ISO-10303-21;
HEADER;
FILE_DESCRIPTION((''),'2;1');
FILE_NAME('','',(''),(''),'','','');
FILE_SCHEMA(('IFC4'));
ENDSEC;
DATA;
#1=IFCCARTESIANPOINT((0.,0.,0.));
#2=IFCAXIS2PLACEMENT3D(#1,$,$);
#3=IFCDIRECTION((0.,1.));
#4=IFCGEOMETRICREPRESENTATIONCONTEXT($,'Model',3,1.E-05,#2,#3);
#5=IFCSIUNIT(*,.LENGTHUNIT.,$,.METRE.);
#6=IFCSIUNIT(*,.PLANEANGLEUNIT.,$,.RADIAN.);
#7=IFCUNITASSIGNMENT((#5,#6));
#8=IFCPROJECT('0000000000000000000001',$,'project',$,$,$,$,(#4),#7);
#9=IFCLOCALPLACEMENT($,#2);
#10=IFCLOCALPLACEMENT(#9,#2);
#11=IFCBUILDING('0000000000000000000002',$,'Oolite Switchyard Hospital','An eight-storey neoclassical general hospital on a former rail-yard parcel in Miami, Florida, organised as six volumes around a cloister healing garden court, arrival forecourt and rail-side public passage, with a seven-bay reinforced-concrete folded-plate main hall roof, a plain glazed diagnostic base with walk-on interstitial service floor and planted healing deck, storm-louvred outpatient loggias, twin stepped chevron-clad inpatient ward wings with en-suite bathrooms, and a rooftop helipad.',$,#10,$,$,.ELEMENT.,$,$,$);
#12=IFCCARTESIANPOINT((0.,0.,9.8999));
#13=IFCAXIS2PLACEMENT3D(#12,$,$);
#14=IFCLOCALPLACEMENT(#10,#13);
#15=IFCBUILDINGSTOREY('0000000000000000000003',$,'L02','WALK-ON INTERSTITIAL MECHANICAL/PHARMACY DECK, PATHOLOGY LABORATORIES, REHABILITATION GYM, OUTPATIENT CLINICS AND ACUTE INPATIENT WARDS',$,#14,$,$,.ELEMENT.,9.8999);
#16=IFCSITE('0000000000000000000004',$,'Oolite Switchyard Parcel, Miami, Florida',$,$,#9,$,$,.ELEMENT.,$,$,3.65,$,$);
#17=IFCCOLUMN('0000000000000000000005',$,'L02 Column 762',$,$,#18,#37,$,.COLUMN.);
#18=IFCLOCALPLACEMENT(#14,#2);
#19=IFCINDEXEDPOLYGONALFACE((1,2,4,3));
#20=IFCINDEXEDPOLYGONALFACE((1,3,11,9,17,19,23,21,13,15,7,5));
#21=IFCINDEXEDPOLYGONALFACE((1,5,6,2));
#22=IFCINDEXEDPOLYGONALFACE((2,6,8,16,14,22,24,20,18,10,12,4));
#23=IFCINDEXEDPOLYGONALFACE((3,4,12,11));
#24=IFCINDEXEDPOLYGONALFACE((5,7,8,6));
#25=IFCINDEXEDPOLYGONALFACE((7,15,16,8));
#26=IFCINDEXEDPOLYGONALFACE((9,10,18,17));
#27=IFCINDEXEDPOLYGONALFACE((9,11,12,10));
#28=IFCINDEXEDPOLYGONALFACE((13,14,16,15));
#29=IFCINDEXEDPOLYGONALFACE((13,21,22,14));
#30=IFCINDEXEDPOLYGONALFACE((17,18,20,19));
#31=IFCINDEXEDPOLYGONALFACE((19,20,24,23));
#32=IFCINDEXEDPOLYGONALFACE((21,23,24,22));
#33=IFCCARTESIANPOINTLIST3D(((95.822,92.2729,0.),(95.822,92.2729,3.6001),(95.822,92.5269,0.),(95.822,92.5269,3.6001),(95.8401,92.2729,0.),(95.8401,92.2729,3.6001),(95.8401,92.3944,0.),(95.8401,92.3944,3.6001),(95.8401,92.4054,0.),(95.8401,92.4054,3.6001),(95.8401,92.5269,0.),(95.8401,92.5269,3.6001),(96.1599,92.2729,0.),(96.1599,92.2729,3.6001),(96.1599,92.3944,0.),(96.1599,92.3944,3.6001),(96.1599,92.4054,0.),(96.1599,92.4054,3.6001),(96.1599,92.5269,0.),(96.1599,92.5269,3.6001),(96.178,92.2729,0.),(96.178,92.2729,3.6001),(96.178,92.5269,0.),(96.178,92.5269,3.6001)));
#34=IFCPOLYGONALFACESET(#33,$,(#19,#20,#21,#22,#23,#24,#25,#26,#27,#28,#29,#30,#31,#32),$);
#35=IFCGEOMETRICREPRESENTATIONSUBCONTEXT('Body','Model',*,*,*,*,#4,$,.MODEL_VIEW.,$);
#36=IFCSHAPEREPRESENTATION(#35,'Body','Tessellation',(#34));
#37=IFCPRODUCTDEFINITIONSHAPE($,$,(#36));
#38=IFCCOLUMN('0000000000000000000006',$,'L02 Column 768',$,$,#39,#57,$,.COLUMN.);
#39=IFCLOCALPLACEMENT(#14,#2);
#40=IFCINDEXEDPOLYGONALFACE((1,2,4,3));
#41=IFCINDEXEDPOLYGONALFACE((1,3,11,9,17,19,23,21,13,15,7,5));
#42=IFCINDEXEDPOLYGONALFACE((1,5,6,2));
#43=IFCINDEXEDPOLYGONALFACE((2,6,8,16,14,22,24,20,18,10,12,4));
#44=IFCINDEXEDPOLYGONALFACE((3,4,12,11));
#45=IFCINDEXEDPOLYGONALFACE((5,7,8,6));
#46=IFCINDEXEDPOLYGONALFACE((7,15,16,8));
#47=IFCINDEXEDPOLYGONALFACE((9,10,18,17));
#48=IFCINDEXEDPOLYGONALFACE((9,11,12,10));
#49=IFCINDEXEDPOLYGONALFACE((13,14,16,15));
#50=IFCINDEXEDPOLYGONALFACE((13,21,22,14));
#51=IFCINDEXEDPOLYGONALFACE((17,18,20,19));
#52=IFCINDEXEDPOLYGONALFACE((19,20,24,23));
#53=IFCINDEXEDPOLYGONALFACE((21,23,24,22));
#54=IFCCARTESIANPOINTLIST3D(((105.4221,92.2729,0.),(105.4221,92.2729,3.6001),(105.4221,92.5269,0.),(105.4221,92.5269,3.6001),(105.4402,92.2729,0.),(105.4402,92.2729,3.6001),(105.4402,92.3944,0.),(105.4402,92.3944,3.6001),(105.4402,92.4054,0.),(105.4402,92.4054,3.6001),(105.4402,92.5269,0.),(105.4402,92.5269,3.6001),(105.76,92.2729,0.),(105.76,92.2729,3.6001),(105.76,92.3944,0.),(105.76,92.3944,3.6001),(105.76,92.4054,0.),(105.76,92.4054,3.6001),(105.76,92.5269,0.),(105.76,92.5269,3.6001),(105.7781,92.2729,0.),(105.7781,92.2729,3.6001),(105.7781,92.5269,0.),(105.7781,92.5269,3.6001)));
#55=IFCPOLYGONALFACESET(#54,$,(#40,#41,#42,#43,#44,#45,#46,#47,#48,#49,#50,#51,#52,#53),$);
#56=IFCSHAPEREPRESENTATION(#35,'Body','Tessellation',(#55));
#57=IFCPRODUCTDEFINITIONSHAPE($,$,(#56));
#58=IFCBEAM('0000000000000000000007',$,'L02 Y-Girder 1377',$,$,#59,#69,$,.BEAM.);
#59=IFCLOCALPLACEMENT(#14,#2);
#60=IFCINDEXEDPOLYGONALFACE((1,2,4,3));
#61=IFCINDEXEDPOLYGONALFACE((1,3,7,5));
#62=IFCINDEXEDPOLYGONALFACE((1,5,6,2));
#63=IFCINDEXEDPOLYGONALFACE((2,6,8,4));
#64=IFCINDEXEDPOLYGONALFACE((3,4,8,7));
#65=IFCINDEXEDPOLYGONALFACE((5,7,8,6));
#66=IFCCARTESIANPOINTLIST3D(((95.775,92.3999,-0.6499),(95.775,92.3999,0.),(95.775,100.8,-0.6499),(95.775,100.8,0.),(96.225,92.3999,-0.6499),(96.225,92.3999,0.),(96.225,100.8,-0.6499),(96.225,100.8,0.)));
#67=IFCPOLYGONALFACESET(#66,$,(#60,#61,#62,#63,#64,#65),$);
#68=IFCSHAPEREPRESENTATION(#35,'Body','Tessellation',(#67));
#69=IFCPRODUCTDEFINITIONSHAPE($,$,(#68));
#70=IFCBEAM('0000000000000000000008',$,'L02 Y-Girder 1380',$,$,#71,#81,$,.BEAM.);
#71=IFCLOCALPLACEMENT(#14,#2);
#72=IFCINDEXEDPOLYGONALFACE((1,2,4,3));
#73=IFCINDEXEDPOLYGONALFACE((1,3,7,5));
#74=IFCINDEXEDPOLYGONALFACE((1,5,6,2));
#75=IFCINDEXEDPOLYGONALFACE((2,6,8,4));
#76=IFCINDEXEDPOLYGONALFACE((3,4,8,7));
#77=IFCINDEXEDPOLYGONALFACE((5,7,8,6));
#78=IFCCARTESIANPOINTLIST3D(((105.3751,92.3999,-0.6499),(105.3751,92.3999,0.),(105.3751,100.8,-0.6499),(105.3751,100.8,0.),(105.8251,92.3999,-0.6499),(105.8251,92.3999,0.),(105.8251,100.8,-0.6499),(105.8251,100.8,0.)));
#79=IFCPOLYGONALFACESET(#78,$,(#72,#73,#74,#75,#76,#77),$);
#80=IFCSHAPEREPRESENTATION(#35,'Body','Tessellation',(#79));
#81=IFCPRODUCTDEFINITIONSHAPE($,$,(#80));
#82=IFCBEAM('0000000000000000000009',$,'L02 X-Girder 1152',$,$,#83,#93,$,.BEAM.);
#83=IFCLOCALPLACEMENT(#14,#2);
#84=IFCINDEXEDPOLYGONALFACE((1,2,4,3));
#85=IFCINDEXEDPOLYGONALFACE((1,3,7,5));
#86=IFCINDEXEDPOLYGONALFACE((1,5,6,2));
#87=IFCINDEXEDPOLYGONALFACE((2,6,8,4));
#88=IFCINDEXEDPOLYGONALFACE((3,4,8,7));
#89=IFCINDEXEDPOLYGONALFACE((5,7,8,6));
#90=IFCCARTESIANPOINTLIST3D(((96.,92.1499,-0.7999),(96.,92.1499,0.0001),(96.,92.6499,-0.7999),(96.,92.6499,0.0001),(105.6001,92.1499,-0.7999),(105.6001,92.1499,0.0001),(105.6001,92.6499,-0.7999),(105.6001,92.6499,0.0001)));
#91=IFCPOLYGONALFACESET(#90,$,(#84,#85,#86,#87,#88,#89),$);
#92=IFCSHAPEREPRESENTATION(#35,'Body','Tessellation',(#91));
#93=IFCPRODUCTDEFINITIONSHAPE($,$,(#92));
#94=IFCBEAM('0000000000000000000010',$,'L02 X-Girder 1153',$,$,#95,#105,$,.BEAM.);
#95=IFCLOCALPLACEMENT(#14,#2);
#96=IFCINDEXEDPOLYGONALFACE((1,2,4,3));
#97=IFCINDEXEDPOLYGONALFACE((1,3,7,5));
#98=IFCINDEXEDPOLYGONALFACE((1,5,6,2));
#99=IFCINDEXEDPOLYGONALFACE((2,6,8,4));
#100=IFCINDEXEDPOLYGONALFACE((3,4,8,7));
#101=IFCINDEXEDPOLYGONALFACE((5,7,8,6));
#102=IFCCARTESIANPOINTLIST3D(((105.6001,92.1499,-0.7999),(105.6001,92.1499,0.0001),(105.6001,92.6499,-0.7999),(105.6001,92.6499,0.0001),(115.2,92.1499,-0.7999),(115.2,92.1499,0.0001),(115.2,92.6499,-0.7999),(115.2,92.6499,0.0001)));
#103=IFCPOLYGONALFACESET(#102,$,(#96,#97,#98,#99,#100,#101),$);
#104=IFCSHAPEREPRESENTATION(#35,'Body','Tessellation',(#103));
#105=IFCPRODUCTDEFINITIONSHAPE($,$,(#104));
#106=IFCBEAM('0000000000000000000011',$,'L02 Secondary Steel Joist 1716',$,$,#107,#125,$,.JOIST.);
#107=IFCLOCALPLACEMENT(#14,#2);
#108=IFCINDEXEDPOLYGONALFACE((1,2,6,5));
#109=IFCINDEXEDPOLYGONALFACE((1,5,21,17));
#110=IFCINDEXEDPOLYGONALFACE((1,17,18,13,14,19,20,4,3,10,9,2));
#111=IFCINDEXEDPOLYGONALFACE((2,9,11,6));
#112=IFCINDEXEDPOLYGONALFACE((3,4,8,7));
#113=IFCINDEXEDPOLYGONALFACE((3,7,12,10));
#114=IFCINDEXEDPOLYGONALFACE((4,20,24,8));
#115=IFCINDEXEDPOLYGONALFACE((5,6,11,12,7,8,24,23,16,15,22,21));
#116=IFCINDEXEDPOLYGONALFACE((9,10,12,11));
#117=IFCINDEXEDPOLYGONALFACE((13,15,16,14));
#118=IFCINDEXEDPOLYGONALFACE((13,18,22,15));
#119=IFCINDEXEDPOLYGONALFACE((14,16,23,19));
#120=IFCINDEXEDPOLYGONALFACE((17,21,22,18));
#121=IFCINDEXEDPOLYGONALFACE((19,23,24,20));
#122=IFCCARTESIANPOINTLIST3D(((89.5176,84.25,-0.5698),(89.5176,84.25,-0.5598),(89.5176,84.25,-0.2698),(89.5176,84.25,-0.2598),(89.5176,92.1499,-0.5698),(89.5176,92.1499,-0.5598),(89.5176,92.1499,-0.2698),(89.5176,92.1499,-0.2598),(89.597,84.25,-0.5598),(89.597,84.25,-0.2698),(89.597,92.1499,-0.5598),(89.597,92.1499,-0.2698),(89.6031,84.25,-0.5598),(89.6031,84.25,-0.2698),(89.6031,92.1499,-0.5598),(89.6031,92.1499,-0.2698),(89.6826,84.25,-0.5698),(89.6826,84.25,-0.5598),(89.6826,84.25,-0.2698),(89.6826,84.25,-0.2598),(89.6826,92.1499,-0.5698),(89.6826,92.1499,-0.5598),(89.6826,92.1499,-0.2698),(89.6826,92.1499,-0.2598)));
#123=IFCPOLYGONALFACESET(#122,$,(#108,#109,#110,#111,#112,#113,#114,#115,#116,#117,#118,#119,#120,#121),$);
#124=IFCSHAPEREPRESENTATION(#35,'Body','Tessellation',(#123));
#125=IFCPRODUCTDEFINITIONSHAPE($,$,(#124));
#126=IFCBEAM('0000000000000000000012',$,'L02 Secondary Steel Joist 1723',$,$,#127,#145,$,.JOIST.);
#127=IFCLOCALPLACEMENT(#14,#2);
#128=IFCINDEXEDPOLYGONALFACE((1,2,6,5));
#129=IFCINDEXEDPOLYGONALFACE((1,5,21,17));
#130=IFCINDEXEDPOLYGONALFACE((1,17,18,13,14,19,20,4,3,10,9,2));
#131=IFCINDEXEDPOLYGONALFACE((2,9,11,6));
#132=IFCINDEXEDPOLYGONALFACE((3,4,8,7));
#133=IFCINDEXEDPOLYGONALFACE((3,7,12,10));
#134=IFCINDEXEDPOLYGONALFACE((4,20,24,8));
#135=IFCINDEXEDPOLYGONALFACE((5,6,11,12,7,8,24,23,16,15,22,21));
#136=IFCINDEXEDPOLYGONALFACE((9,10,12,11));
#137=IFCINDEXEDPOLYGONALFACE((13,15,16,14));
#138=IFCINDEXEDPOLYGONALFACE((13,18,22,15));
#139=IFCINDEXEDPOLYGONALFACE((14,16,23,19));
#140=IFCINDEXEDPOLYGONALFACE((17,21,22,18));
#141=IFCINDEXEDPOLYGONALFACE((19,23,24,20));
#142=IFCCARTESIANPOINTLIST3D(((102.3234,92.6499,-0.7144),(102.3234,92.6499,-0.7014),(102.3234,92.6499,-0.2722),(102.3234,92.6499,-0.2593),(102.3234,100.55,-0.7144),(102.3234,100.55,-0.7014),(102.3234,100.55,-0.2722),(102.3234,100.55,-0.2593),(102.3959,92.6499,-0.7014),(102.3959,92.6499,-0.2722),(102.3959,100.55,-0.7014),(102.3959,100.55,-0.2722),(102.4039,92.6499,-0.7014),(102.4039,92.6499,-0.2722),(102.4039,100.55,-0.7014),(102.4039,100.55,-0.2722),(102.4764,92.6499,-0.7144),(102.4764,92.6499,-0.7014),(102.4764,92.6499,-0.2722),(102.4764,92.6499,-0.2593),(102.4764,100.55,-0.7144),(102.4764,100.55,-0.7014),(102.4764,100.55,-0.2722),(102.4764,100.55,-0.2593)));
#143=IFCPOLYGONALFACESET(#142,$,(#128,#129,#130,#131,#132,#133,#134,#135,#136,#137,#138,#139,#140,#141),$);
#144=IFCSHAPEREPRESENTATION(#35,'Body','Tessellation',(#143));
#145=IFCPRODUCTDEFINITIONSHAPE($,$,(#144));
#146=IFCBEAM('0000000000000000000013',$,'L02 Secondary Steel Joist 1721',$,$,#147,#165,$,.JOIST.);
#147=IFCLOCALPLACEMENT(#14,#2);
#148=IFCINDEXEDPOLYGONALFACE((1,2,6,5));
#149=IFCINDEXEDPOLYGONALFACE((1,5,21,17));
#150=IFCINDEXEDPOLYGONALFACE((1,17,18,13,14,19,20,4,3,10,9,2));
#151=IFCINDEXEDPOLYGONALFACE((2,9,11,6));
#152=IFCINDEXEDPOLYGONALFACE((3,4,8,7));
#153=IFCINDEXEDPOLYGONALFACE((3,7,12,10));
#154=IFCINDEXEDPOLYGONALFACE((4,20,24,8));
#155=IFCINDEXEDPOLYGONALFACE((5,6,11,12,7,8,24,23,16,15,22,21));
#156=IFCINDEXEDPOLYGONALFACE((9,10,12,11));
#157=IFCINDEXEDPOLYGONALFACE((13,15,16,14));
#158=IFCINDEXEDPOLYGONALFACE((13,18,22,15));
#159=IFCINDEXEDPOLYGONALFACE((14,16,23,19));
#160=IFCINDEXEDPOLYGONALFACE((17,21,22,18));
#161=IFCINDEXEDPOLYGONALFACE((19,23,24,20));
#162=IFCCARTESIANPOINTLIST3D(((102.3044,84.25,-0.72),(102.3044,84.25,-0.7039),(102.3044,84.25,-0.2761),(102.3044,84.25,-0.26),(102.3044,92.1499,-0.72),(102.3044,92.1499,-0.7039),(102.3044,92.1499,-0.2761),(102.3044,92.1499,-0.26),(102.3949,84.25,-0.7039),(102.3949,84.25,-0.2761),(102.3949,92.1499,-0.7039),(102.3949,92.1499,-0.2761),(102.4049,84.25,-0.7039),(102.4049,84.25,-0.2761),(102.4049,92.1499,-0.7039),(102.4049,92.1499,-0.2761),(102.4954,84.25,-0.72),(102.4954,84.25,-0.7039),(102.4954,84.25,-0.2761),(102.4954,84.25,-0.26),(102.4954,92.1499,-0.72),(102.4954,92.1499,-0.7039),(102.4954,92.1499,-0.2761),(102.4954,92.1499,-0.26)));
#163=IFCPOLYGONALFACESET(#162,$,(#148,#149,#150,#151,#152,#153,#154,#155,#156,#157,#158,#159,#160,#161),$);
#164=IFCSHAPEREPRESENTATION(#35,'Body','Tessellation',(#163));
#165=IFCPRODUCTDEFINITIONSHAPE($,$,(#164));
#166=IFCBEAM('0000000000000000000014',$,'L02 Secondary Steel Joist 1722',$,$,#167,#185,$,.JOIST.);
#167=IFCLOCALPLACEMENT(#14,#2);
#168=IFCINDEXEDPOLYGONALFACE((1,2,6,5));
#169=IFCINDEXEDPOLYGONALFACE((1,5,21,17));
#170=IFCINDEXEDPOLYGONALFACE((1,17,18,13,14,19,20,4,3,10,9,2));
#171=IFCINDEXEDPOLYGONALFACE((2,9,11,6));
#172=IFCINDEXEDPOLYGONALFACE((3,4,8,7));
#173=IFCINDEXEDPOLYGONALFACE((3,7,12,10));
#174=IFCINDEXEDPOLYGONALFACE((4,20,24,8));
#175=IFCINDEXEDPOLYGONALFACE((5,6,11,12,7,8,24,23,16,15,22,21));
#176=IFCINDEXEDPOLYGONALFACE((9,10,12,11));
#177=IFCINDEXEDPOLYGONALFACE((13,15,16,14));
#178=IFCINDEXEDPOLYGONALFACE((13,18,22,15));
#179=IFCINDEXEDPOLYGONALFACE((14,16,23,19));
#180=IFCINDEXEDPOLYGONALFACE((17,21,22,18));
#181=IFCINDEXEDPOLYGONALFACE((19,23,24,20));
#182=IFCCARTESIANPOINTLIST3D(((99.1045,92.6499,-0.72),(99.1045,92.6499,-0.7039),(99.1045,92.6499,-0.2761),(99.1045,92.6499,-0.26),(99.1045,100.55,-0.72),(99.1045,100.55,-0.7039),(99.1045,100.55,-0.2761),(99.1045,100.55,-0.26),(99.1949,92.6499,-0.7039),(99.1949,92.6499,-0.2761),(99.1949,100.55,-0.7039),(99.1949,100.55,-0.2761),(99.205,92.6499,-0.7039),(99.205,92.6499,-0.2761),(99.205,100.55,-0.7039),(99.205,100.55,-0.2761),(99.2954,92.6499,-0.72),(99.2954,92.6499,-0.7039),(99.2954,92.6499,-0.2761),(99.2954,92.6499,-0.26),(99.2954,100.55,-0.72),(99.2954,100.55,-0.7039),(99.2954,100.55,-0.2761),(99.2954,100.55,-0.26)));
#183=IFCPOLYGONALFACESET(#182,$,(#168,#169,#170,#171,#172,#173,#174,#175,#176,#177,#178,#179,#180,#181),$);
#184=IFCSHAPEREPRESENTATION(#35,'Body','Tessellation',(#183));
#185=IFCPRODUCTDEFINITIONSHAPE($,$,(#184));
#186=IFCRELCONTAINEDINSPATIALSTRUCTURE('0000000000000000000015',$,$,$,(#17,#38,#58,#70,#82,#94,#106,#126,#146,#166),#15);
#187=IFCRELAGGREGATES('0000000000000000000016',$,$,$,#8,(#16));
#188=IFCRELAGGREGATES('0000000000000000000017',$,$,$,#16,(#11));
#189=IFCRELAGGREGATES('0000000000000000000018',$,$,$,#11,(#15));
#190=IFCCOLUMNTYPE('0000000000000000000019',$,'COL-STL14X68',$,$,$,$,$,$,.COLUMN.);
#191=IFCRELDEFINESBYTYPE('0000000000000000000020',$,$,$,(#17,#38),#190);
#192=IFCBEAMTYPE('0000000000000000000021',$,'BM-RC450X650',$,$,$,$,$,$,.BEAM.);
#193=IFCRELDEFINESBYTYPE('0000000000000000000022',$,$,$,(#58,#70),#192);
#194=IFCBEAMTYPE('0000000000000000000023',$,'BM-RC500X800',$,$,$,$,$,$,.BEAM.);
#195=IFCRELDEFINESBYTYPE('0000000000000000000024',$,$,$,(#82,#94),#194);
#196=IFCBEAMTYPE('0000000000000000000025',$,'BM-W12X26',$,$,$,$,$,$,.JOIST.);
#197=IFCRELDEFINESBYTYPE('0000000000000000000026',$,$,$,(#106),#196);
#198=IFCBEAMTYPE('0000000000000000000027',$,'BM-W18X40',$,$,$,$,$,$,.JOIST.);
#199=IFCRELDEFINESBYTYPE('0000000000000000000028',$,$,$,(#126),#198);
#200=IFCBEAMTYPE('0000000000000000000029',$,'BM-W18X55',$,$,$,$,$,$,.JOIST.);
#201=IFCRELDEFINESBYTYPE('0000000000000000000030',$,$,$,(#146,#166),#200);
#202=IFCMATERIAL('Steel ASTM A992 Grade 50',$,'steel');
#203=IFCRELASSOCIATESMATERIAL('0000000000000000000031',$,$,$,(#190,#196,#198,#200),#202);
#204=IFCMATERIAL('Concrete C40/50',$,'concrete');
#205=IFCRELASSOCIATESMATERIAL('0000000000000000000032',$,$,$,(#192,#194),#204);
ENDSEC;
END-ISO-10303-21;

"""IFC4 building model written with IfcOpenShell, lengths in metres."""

from ifc_helpers import new_model, si_unit, direction, frame, origin, origin_2d, place, context, subcontext, project, spatial, rectangle, i_section, extrude, material, material_profile, profile_set, type_object, element, save


model = new_model("IFC4")

# Units and contexts
model_context = context("Model", 3, precision=1e-05, world=origin(), true_north=direction((0.0, 1.0)))
body_context = subcontext(model_context, "Body", "Model", "MODEL_VIEW")
ifc_project = project(units=[si_unit("LENGTHUNIT", "METRE"), si_unit("PLANEANGLEUNIT", "RADIAN")], contexts=[model_context])

# Site, building, storey
site_placement = place(None, origin())
site = spatial("IfcSite", under=ifc_project, at=site_placement, Name="Oolite Switchyard Parcel, Miami, Florida", CompositionType="ELEMENT", RefElevation=3.65)
building_placement = place(site_placement, origin())
building = spatial("IfcBuilding", under=site, at=building_placement, Name="Oolite Switchyard Hospital", Description="An eight-storey neoclassical general hospital on a former rail-yard parcel in Miami, Florida, organised as six volumes around a cloister healing garden court, arrival forecourt and rail-side public passage, with a seven-bay reinforced-concrete folded-plate main hall roof, a plain glazed diagnostic base with walk-on interstitial service floor and planted healing deck, storm-louvred outpatient loggias, twin stepped chevron-clad inpatient ward wings with en-suite bathrooms, and a rooftop helipad.", CompositionType="ELEMENT")
storey_placement = place(building_placement, frame((0.0, 0.0, 9.8999)))
storey = spatial("IfcBuildingStorey", under=building, at=storey_placement, Name="L02", Description="WALK-ON INTERSTITIAL MECHANICAL/PHARMACY DECK, PATHOLOGY LABORATORIES, REHABILITATION GYM, OUTPATIENT CLINICS AND ACUTE INPATIENT WARDS", CompositionType="ELEMENT", Elevation=9.8999)

# Columns
ifc_material_1 = material(Name="Steel ASTM A992 Grade 50", Category="steel")
ifc_material_profile_1 = material_profile(ifc_material_1, i_section(OverallWidth=0.2539, OverallDepth=0.356, WebThickness=0.011, FlangeThickness=0.0181, at=origin_2d()), Name="W14X68")
ifc_profile_set_1 = profile_set([ifc_material_profile_1], Name="Steel ASTM A992 Grade 50")
column_type = type_object("IfcColumnType", Name="COL-STL14X68", PredefinedType="COLUMN", material=ifc_profile_set_1)
for number, where, z_axis, x_axis, name in (
    (1, (96.0, 92.3999, 0.0), (0.0, 0.0, 1.0), (0.0, -1.0, 0.0), "L02 Column 762"),
    (2, (105.6001, 92.3999, 0.0), (0.0, 0.0, 1.0), (0.0, -1.0, 0.0), "L02 Column 768"),
):
    element("IfcColumn", number, at=place(storey_placement, frame(where, z_axis=z_axis, x_axis=x_axis)), inside=storey, type_object=column_type, Name=name, PredefinedType="COLUMN", context=body_context, shape_type="SweptSolid", body=[
        extrude(i_section(OverallWidth=0.2539, OverallDepth=0.356, WebThickness=0.011, FlangeThickness=0.0181, at=origin_2d()), origin(), (0.0, 0.0, 1.0), 3.6001),
    ])

# Beams
ifc_material_2 = material(Name="Concrete C40/50", Category="concrete")
ifc_material_profile_2 = material_profile(ifc_material_2, rectangle(XDim=0.45, YDim=0.6499, at=origin_2d()), Name="RCB450X650")
ifc_profile_set_2 = profile_set([ifc_material_profile_2], Name="Concrete C40/50")
beam_type_1 = type_object("IfcBeamType", Name="BM-RC450X650", PredefinedType="BEAM", material=ifc_profile_set_2)
for number, where, z_axis, x_axis, name in (
    (3, (96.0, 92.3999, -0.325), (0.0, 1.0, 0.0), (-1.0, 0.0, 0.0), "L02 Y-Girder 1377"),
    (4, (105.6001, 92.3999, -0.325), (0.0, 1.0, 0.0), (-1.0, 0.0, 0.0), "L02 Y-Girder 1380"),
):
    element("IfcBeam", number, at=place(storey_placement, frame(where, z_axis=z_axis, x_axis=x_axis)), inside=storey, type_object=beam_type_1, Name=name, PredefinedType="BEAM", context=body_context, shape_type="SweptSolid", body=[
        extrude(rectangle(XDim=0.45, YDim=0.6499, at=origin_2d()), origin(), (0.0, 0.0, 1.0), 8.4001),
    ])
ifc_material_profile_3 = material_profile(ifc_material_2, rectangle(XDim=0.5, YDim=0.8, at=origin_2d()), Name="RCB500X800")
ifc_profile_set_3 = profile_set([ifc_material_profile_3], Name="Concrete C40/50")
beam_type_2 = type_object("IfcBeamType", Name="BM-RC500X800", PredefinedType="BEAM", material=ifc_profile_set_3)
beam_1_placement = place(storey_placement, frame((96.0, 92.3999, -0.3999), z_axis=(1.0, 0.0, 0.0), x_axis=(0.0, 1.0, 0.0)))
element("IfcBeam", 5, at=beam_1_placement, inside=storey, type_object=beam_type_2, Name="L02 X-Girder 1152", PredefinedType="BEAM", context=body_context, shape_type="SweptSolid", body=[
    extrude(rectangle(XDim=0.5, YDim=0.8, at=origin_2d()), origin(), (0.0, 0.0, 1.0), 9.6001),
])
beam_2_placement = place(storey_placement, frame((105.6001, 92.3999, -0.3999), z_axis=(1.0, 0.0, 0.0), x_axis=(0.0, 1.0, 0.0)))
element("IfcBeam", 6, at=beam_2_placement, inside=storey, type_object=beam_type_2, Name="L02 X-Girder 1153", PredefinedType="BEAM", context=body_context, shape_type="SweptSolid", body=[
    extrude(rectangle(XDim=0.5, YDim=0.8, at=origin_2d()), origin(), (0.0, 0.0, 1.0), 9.5999),
])
ifc_material_profile_4 = material_profile(ifc_material_1, i_section(OverallWidth=0.165, OverallDepth=0.3101, WebThickness=0.0061, FlangeThickness=0.01, at=origin_2d()), Name="W12X26")
ifc_profile_set_4 = profile_set([ifc_material_profile_4], Name="Steel ASTM A992 Grade 50")
beam_type_3 = type_object("IfcBeamType", Name="BM-W12X26", PredefinedType="JOIST", material=ifc_profile_set_4)
beam_3_placement = place(storey_placement, frame((89.6001, 84.25, -0.4148), z_axis=(0.0, 1.0, 0.0), x_axis=(-1.0, 0.0, 0.0)))
element("IfcBeam", 7, at=beam_3_placement, inside=storey, type_object=beam_type_3, Name="L02 Secondary Steel Joist 1716", PredefinedType="JOIST", context=body_context, shape_type="SweptSolid", body=[
    extrude(i_section(OverallWidth=0.165, OverallDepth=0.3101, WebThickness=0.0061, FlangeThickness=0.01, at=origin_2d()), origin(), (0.0, 0.0, 1.0), 7.8999),
])
ifc_material_profile_5 = material_profile(ifc_material_1, i_section(OverallWidth=0.1531, OverallDepth=0.4551, WebThickness=0.0081, FlangeThickness=0.0129, at=origin_2d()), Name="W18X40")
ifc_profile_set_5 = profile_set([ifc_material_profile_5], Name="Steel ASTM A992 Grade 50")
beam_type_4 = type_object("IfcBeamType", Name="BM-W18X40", PredefinedType="JOIST", material=ifc_profile_set_5)
beam_4_placement = place(storey_placement, frame((102.3999, 92.6499, -0.4868), z_axis=(0.0, 1.0, 0.0), x_axis=(-1.0, 0.0, 0.0)))
element("IfcBeam", 8, at=beam_4_placement, inside=storey, type_object=beam_type_4, Name="L02 Secondary Steel Joist 1723", PredefinedType="JOIST", context=body_context, shape_type="SweptSolid", body=[
    extrude(i_section(OverallWidth=0.1531, OverallDepth=0.4551, WebThickness=0.0081, FlangeThickness=0.0129, at=origin_2d()), origin(), (0.0, 0.0, 1.0), 7.9001),
])
ifc_material_profile_6 = material_profile(ifc_material_1, i_section(OverallWidth=0.1909, OverallDepth=0.46, WebThickness=0.01, FlangeThickness=0.0161, at=origin_2d()), Name="W18X55")
ifc_profile_set_6 = profile_set([ifc_material_profile_6], Name="Steel ASTM A992 Grade 50")
beam_type_5 = type_object("IfcBeamType", Name="BM-W18X55", PredefinedType="JOIST", material=ifc_profile_set_6)
beam_5_placement = place(storey_placement, frame((102.3999, 84.25, -0.49), z_axis=(0.0, 1.0, 0.0), x_axis=(-1.0, 0.0, 0.0)))
element("IfcBeam", 9, at=beam_5_placement, inside=storey, type_object=beam_type_5, Name="L02 Secondary Steel Joist 1721", PredefinedType="JOIST", context=body_context, shape_type="SweptSolid", body=[
    extrude(i_section(OverallWidth=0.1909, OverallDepth=0.46, WebThickness=0.01, FlangeThickness=0.0161, at=origin_2d()), origin(), (0.0, 0.0, 1.0), 7.8999),
])
beam_6_placement = place(storey_placement, frame((99.2, 92.6499, -0.49), z_axis=(0.0, 1.0, 0.0), x_axis=(-1.0, 0.0, 0.0)))
element("IfcBeam", 10, at=beam_6_placement, inside=storey, type_object=beam_type_5, Name="L02 Secondary Steel Joist 1722", PredefinedType="JOIST", context=body_context, shape_type="SweptSolid", body=[
    extrude(i_section(OverallWidth=0.1909, OverallDepth=0.46, WebThickness=0.01, FlangeThickness=0.0161, at=origin_2d()), origin(), (0.0, 0.0, 1.0), 7.9001),
])

save(model, "model.ifc")
